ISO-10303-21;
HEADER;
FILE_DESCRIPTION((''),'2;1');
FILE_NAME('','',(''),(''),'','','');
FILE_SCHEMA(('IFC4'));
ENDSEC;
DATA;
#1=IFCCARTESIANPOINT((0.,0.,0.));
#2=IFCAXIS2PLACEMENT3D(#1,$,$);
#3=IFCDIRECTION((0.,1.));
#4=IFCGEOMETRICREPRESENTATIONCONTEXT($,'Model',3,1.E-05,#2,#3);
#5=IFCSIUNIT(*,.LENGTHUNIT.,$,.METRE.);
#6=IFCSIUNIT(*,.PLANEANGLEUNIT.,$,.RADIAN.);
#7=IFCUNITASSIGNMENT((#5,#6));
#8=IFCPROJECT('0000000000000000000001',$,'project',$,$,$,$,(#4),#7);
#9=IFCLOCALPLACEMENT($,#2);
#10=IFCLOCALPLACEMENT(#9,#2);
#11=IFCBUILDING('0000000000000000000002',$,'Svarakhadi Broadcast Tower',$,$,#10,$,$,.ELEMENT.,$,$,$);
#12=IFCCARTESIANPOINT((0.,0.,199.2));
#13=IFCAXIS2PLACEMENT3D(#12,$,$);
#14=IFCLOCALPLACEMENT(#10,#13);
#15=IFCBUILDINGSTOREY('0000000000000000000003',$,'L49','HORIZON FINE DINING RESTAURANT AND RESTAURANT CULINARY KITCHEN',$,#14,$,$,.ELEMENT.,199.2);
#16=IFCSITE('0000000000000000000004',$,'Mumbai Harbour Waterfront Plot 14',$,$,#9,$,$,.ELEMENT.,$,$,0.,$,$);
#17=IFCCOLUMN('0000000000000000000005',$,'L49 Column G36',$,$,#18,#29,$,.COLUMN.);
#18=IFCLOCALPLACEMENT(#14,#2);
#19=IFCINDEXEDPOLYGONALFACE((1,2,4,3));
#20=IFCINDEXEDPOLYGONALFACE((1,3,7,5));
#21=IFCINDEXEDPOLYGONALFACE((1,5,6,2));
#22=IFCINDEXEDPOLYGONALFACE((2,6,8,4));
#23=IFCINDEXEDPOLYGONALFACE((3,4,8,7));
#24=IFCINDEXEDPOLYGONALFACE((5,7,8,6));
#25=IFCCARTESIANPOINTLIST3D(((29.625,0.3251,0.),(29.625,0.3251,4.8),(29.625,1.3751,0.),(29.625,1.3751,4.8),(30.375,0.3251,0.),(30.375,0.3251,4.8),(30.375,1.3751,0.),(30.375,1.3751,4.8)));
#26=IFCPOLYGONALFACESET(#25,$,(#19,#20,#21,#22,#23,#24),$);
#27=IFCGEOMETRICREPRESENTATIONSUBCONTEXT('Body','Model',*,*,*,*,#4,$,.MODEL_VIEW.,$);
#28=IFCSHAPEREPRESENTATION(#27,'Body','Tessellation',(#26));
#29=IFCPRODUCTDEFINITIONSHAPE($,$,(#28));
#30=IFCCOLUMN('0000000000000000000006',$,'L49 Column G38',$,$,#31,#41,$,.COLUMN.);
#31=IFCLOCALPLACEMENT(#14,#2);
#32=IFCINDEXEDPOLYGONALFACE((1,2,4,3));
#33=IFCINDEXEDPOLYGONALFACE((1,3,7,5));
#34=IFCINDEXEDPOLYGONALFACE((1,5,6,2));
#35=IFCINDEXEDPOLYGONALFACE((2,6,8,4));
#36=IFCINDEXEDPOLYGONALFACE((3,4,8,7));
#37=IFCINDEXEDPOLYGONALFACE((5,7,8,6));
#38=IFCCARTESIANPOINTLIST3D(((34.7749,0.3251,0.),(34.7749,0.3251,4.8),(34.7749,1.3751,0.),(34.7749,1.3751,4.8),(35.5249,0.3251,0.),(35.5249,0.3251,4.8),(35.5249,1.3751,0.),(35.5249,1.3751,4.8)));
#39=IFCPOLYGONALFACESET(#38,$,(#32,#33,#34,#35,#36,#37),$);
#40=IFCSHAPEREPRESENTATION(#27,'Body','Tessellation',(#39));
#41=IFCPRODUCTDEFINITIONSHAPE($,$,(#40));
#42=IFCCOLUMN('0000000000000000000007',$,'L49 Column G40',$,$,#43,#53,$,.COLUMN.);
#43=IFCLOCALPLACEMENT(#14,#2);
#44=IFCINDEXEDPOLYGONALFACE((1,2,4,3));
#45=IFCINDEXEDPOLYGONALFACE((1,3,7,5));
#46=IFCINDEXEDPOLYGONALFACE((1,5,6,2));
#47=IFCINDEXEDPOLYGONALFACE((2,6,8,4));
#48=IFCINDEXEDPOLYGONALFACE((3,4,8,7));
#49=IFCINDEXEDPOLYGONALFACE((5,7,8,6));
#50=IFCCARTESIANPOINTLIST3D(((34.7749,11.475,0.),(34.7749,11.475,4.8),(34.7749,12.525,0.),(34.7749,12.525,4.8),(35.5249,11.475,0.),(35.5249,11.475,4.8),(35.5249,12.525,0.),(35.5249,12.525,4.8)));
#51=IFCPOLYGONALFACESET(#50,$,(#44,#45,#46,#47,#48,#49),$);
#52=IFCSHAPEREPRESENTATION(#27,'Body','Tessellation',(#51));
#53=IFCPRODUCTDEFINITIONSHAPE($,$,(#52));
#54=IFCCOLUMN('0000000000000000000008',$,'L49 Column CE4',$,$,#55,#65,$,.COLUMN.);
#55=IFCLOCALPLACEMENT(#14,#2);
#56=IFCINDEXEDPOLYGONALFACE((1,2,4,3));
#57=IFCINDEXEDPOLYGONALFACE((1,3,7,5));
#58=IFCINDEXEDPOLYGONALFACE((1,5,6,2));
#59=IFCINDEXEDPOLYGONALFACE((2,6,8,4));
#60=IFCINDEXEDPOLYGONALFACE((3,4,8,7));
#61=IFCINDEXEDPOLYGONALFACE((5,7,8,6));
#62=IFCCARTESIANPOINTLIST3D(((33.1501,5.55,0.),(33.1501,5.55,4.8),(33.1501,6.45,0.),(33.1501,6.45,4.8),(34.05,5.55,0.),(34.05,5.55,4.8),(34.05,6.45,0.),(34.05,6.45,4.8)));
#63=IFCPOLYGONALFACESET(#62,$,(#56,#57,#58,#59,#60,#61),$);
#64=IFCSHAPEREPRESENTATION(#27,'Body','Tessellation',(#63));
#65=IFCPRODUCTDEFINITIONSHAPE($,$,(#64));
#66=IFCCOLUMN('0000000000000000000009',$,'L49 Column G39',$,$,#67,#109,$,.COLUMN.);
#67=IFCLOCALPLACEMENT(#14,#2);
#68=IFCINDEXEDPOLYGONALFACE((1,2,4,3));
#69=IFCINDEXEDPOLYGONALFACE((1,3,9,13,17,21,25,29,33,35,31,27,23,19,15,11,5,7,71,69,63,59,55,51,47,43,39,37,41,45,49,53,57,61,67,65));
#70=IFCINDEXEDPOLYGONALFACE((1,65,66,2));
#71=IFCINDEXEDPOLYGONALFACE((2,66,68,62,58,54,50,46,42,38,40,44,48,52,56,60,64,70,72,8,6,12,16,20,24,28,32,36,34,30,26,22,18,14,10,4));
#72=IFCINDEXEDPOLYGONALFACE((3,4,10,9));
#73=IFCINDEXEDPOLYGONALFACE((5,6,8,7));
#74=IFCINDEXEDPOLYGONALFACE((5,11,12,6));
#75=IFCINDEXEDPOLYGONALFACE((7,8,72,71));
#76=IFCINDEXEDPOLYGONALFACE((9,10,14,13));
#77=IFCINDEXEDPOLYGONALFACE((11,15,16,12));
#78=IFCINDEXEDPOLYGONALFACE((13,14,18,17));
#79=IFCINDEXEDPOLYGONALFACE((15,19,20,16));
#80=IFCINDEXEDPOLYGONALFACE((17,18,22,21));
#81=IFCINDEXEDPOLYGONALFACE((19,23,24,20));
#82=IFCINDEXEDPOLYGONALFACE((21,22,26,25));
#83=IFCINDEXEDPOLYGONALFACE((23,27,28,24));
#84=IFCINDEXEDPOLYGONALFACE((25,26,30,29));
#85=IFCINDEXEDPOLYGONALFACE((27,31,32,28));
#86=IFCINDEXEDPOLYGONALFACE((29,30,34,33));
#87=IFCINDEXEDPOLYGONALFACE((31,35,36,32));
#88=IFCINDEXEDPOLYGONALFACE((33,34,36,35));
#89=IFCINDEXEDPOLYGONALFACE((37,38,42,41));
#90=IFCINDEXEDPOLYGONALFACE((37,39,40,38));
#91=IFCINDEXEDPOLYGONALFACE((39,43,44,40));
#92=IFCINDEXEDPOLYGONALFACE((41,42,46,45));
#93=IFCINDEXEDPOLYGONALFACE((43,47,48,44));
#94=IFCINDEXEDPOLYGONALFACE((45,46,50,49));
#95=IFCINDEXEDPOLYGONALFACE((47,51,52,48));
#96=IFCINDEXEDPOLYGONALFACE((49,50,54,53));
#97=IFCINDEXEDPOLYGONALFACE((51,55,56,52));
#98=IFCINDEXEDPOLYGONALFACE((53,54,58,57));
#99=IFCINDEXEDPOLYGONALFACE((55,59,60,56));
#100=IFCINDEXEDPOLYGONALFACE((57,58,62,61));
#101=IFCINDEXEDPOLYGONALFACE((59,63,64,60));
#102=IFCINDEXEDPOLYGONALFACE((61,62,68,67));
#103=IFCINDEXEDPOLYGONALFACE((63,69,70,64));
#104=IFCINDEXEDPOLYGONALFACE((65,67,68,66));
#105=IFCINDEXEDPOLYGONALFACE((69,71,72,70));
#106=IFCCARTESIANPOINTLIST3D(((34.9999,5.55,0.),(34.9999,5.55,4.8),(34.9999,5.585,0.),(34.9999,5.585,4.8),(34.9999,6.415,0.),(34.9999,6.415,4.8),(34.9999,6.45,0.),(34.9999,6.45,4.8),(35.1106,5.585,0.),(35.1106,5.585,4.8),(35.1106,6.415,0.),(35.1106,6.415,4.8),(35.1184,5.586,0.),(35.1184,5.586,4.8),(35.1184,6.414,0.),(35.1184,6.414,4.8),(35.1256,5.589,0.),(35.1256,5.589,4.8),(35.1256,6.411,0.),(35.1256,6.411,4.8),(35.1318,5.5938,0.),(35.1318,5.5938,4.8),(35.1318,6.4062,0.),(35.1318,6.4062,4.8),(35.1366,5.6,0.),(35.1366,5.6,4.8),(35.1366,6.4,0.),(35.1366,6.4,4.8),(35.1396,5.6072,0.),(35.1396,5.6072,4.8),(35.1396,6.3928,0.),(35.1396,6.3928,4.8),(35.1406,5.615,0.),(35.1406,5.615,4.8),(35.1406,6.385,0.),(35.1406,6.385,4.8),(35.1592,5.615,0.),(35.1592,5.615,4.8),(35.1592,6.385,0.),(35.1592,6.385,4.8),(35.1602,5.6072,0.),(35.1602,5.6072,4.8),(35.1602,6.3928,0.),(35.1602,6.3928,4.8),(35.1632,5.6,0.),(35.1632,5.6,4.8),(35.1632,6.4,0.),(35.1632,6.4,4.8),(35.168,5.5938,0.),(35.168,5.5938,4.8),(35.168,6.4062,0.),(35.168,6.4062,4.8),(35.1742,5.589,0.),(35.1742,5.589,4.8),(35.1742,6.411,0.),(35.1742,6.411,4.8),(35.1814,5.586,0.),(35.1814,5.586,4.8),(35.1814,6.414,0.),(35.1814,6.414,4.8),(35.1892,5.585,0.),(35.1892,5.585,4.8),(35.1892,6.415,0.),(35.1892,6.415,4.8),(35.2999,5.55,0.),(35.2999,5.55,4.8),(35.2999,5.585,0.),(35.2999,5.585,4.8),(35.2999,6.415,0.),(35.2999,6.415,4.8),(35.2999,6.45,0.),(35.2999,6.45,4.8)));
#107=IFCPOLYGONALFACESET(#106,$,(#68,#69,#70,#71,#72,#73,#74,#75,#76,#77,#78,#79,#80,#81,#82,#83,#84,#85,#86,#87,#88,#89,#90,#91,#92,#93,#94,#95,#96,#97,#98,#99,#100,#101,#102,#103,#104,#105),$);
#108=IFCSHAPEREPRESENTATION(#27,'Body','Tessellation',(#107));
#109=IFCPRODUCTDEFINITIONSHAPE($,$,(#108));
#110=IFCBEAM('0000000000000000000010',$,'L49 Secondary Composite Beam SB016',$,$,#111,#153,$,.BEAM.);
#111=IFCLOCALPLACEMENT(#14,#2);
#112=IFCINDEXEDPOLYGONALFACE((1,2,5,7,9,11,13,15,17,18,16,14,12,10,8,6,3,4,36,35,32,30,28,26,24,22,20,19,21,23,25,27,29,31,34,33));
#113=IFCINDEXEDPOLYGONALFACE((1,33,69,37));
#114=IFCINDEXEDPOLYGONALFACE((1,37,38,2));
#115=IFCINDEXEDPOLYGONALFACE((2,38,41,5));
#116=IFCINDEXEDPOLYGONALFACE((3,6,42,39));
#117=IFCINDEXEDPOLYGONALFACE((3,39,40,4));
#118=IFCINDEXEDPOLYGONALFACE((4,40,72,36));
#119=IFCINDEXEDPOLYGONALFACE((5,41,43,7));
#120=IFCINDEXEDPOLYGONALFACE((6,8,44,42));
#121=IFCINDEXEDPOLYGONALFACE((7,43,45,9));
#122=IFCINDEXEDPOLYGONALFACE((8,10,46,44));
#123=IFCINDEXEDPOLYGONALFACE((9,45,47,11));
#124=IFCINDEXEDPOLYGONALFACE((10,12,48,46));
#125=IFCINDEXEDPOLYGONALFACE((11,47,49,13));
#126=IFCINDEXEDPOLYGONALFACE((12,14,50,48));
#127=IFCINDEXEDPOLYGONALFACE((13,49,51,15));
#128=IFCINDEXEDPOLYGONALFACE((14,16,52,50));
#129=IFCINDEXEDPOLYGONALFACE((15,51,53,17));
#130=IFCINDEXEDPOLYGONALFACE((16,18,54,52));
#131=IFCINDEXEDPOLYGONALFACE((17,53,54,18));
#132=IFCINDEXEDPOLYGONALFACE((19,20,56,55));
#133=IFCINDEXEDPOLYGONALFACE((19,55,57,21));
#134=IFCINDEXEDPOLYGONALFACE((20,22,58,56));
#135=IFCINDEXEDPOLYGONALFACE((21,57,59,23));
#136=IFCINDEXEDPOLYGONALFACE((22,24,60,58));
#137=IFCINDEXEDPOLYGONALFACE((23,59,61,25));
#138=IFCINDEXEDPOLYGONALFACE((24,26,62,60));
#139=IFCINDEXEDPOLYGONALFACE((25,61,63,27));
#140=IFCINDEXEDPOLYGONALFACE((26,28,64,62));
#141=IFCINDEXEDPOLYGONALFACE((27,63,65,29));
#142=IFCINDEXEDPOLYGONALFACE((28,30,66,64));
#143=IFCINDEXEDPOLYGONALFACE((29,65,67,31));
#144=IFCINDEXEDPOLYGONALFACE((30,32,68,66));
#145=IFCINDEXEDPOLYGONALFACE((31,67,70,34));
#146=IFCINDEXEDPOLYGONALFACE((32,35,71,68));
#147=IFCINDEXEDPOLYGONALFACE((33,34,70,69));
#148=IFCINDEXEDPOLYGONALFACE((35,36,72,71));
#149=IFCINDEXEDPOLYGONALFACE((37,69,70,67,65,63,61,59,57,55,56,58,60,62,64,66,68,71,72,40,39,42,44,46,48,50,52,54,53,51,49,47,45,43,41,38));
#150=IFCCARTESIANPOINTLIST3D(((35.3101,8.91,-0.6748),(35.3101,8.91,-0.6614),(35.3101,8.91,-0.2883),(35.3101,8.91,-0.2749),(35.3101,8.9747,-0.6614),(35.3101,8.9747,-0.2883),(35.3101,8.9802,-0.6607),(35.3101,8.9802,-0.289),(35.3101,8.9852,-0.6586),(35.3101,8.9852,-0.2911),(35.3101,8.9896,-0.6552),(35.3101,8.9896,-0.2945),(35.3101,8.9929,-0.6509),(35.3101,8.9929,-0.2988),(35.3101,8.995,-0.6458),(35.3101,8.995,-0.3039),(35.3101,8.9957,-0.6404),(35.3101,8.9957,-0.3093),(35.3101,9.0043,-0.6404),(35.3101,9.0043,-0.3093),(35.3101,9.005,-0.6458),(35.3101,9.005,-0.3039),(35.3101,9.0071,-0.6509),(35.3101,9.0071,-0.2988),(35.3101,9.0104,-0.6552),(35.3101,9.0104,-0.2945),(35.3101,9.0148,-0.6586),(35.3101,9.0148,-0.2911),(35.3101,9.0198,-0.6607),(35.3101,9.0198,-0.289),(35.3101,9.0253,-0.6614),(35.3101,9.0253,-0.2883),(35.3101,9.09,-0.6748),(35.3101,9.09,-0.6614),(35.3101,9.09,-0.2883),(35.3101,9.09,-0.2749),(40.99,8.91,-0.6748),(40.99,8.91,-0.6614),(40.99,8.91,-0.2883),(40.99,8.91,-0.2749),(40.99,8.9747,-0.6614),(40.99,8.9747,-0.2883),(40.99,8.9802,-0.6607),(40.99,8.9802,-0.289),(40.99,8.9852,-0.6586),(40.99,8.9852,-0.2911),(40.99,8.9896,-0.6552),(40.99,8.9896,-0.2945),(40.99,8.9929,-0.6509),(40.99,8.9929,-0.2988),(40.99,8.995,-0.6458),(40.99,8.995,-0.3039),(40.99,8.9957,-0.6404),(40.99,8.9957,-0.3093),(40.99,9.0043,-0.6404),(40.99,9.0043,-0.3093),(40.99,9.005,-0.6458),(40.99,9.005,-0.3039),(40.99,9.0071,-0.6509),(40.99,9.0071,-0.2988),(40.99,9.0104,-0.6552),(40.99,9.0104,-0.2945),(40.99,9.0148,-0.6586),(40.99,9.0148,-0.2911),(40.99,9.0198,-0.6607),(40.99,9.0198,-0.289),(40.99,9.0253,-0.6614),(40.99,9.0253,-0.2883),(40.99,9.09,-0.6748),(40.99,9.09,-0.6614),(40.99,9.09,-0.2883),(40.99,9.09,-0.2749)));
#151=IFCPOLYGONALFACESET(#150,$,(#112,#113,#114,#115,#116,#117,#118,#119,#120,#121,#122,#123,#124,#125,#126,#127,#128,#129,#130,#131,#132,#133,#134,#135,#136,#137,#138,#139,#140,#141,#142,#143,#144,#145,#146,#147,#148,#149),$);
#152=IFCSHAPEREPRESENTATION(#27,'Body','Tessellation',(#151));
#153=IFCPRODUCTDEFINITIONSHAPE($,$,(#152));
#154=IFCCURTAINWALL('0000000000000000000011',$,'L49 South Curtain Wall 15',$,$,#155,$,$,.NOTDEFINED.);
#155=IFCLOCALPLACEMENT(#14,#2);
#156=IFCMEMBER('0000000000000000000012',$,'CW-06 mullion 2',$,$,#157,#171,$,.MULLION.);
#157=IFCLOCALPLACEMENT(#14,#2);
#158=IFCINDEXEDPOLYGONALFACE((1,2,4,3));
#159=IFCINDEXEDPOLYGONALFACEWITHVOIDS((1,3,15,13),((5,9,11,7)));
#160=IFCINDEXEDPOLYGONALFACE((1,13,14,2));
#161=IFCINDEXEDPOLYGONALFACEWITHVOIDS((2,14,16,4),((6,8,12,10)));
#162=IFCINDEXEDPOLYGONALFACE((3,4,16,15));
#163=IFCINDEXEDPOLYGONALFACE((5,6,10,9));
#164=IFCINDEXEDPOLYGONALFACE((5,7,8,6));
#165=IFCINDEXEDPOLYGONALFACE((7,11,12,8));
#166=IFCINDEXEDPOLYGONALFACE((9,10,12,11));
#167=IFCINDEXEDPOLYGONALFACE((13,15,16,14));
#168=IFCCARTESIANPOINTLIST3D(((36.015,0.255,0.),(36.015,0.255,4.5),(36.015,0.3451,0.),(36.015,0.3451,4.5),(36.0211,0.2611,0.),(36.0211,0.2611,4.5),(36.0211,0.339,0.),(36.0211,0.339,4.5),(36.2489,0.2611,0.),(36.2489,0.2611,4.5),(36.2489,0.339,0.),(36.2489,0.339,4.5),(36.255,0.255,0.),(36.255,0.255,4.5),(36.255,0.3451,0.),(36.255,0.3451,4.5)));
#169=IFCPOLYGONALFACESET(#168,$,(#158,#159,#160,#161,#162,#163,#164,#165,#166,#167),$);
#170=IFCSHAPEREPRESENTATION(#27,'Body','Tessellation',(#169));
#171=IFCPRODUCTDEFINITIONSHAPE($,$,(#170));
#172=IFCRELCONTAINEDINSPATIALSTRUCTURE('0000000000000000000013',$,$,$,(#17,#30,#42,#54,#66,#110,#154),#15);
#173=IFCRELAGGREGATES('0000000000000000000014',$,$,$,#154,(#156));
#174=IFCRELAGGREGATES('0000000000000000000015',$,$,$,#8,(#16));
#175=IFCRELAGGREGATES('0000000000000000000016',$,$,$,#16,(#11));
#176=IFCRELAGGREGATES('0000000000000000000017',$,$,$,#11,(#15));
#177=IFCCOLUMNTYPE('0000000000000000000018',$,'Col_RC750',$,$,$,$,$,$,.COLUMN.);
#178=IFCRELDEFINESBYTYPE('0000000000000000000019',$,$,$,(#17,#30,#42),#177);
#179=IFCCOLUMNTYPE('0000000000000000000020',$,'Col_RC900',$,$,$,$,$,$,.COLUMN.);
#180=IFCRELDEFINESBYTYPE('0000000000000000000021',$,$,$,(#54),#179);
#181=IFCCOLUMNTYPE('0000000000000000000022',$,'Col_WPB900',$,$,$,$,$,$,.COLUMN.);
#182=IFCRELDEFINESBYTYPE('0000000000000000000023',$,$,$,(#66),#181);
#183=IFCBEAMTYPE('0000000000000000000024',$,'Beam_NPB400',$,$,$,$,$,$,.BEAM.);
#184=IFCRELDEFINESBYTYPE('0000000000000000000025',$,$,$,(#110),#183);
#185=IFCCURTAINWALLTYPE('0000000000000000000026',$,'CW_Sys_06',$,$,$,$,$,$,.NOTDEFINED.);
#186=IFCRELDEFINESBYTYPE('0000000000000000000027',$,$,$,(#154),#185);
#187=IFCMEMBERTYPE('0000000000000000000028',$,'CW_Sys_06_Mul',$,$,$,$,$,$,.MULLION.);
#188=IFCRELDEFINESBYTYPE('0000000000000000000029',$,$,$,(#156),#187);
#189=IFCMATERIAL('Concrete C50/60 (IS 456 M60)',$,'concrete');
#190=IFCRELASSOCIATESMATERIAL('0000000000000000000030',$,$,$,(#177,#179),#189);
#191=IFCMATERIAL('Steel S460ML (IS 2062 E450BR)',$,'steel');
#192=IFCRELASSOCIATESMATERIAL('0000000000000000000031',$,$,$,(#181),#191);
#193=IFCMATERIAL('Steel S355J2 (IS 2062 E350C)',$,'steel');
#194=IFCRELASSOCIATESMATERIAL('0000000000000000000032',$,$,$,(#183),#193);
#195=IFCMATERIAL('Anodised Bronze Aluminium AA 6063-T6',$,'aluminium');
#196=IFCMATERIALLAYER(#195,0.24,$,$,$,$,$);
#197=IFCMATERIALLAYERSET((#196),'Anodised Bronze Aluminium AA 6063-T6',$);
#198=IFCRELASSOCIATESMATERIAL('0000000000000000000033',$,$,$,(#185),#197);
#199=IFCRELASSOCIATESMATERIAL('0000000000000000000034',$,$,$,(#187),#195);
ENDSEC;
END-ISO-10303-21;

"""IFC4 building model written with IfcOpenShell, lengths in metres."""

from ifc_helpers import new_model, si_unit, direction, frame, origin, origin_2d, place, context, subcontext, project, spatial, rectangle, hollow_rectangle, i_section, extrude, material, layer, layer_set, material_profile, profile_set, type_object, element, aggregate, save


model = new_model("IFC4")

# Units and contexts
model_context = context("Model", 3, precision=1e-05, world=origin(), true_north=direction((0.0, 1.0)))
body_context = subcontext(model_context, "Body", "Model", "MODEL_VIEW")
ifc_project = project(units=[si_unit("LENGTHUNIT", "METRE"), si_unit("PLANEANGLEUNIT", "RADIAN")], contexts=[model_context])

# Site, building, storey
site_placement = place(None, origin())
site = spatial("IfcSite", under=ifc_project, at=site_placement, Name="Mumbai Harbour Waterfront Plot 14", CompositionType="ELEMENT", RefElevation=0.0)
building_placement = place(site_placement, origin())
building = spatial("IfcBuilding", under=site, at=building_placement, Name="Svarakhadi Broadcast Tower", CompositionType="ELEMENT")
storey_placement = place(building_placement, frame((0.0, 0.0, 199.2)))
storey = spatial("IfcBuildingStorey", under=building, at=storey_placement, Name="L49", Description="HORIZON FINE DINING RESTAURANT AND RESTAURANT CULINARY KITCHEN", CompositionType="ELEMENT", Elevation=199.2)

# Columns
ifc_material_1 = material(Name="Concrete C50/60 (IS 456 M60)", Category="concrete")
ifc_material_profile_1 = material_profile(ifc_material_1, rectangle(XDim=0.75, YDim=1.05, at=origin_2d()), Name="RC 750x1050")
ifc_profile_set_1 = profile_set([ifc_material_profile_1], Name="Concrete C50/60 (IS 456 M60)")
column_type_1 = type_object("IfcColumnType", Name="Col_RC750", PredefinedType="COLUMN", material=ifc_profile_set_1)
for number, where, z_axis, x_axis, name in (
    (1, (30.0, 0.8501, 0.0), (0.0, 0.0, 1.0), (1.0, 0.0, 0.0), "L49 Column G36"),
    (2, (35.1499, 0.8501, 0.0), (0.0, 0.0, 1.0), (1.0, 0.0, 0.0), "L49 Column G38"),
    (3, (35.1499, 12.0, 0.0), (0.0, 0.0, 1.0), (1.0, 0.0, 0.0), "L49 Column G40"),
):
    element("IfcColumn", number, at=place(storey_placement, frame(where, z_axis=z_axis, x_axis=x_axis)), inside=storey, type_object=column_type_1, Name=name, PredefinedType="COLUMN", context=body_context, shape_type="SweptSolid", body=[
        extrude(rectangle(XDim=0.75, YDim=1.05, at=origin_2d()), origin(), (0.0, 0.0, 1.0), 4.8),
    ])
ifc_material_profile_2 = material_profile(ifc_material_1, rectangle(XDim=0.8999, YDim=0.8999, at=origin_2d()), Name="RC 900x900")
ifc_profile_set_2 = profile_set([ifc_material_profile_2], Name="Concrete C50/60 (IS 456 M60)")
column_type_2 = type_object("IfcColumnType", Name="Col_RC900", PredefinedType="COLUMN", material=ifc_profile_set_2)
column_1_placement = place(storey_placement, frame((33.6001, 6.0, 0.0), z_axis=(0.0, 0.0, 1.0), x_axis=(1.0, 0.0, 0.0)))
element("IfcColumn", 4, at=column_1_placement, inside=storey, type_object=column_type_2, Name="L49 Column CE4", PredefinedType="COLUMN", context=body_context, shape_type="SweptSolid", body=[
    extrude(rectangle(XDim=0.8999, YDim=0.8999, at=origin_2d()), origin(), (0.0, 0.0, 1.0), 4.8),
])
ifc_material_2 = material(Name="Steel S460ML (IS 2062 E450BR)", Category="steel")
ifc_material_profile_3 = material_profile(ifc_material_2, i_section(OverallWidth=0.3, OverallDepth=0.8999, WebThickness=0.0186, FlangeThickness=0.0349, FilletRadius=0.03, at=origin_2d()), Name="WPB 900x300x291")
ifc_profile_set_3 = profile_set([ifc_material_profile_3], Name="Steel S460ML (IS 2062 E450BR)")
column_type_3 = type_object("IfcColumnType", Name="Col_WPB900", PredefinedType="COLUMN", material=ifc_profile_set_3)
column_2_placement = place(storey_placement, frame((35.1499, 6.0, 0.0), z_axis=(0.0, 0.0, 1.0), x_axis=(1.0, 0.0, 0.0)))
element("IfcColumn", 5, at=column_2_placement, inside=storey, type_object=column_type_3, Name="L49 Column G39", PredefinedType="COLUMN", context=body_context, shape_type="SweptSolid", body=[
    extrude(i_section(OverallWidth=0.3, OverallDepth=0.8999, WebThickness=0.0186, FlangeThickness=0.0349, FilletRadius=0.03, at=origin_2d()), origin(), (0.0, 0.0, 1.0), 4.8),
])

# Beam
ifc_material_3 = material(Name="Steel S355J2 (IS 2062 E350C)", Category="steel")
ifc_material_profile_4 = material_profile(ifc_material_3, i_section(OverallWidth=0.1799, OverallDepth=0.3999, WebThickness=0.0085, FlangeThickness=0.0134, FilletRadius=0.021, at=origin_2d()), Name="NPB 400x180x66")
ifc_profile_set_4 = profile_set([ifc_material_profile_4], Name="Steel S355J2 (IS 2062 E350C)")
beam_type_1 = type_object("IfcBeamType", Name="Beam_NPB400", PredefinedType="BEAM", material=ifc_profile_set_4)
beam_1_placement = place(storey_placement, frame((35.3101, 9.0, -0.4749), z_axis=(1.0, 0.0, 0.0), x_axis=(0.0, 1.0, 0.0)))
element("IfcBeam", 6, at=beam_1_placement, inside=storey, type_object=beam_type_1, Name="L49 Secondary Composite Beam SB016", PredefinedType="BEAM", context=body_context, shape_type="SweptSolid", body=[
    extrude(i_section(OverallWidth=0.1799, OverallDepth=0.3999, WebThickness=0.0085, FlangeThickness=0.0134, FilletRadius=0.021, at=origin_2d()), origin(), (0.0, 0.0, 1.0), 5.6799),
])

# Curtain wall, member
ifc_material_4 = material(Name="Anodised Bronze Aluminium AA 6063-T6", Category="aluminium")
ifc_layer_1 = layer(ifc_material_4, 0.24)
ifc_layer_set_1 = layer_set([ifc_layer_1], Name="Anodised Bronze Aluminium AA 6063-T6")
curtain_wall_type = type_object("IfcCurtainWallType", Name="CW_Sys_06", PredefinedType="NOTDEFINED", material=ifc_layer_set_1)
curtain_wall_placement = place(storey_placement, origin())
curtain_wall = element("IfcCurtainWall", 7, at=curtain_wall_placement, inside=storey, type_object=curtain_wall_type, Name="L49 South Curtain Wall 15", PredefinedType="NOTDEFINED")
ifc_material_profile_5 = material_profile(ifc_material_4, hollow_rectangle(XDim=0.0901, YDim=0.24, WallThickness=0.0061, at=origin_2d()), Name="ALU MULLION 240x90x6")
ifc_profile_set_5 = profile_set([ifc_material_profile_5], Name="Anodised Bronze Aluminium AA 6063-T6")
member_type_1 = type_object("IfcMemberType", Name="CW_Sys_06_Mul", PredefinedType="MULLION", material=ifc_profile_set_5)
member_placement = place(storey_placement, frame((36.135, 0.3, 0.0), z_axis=(0.0, 0.0, 1.0), x_axis=(0.0, -1.0, 0.0)))
member = element("IfcMember", 8, at=member_placement, type_object=member_type_1, Name="CW-06 mullion 2", PredefinedType="MULLION", context=body_context, shape_type="SweptSolid", body=[
    extrude(hollow_rectangle(XDim=0.0901, YDim=0.24, WallThickness=0.0061, at=origin_2d()), origin(), (0.0, 0.0, 1.0), 4.5),
])
aggregate(curtain_wall, [member])

save(model, "model.ifc")
